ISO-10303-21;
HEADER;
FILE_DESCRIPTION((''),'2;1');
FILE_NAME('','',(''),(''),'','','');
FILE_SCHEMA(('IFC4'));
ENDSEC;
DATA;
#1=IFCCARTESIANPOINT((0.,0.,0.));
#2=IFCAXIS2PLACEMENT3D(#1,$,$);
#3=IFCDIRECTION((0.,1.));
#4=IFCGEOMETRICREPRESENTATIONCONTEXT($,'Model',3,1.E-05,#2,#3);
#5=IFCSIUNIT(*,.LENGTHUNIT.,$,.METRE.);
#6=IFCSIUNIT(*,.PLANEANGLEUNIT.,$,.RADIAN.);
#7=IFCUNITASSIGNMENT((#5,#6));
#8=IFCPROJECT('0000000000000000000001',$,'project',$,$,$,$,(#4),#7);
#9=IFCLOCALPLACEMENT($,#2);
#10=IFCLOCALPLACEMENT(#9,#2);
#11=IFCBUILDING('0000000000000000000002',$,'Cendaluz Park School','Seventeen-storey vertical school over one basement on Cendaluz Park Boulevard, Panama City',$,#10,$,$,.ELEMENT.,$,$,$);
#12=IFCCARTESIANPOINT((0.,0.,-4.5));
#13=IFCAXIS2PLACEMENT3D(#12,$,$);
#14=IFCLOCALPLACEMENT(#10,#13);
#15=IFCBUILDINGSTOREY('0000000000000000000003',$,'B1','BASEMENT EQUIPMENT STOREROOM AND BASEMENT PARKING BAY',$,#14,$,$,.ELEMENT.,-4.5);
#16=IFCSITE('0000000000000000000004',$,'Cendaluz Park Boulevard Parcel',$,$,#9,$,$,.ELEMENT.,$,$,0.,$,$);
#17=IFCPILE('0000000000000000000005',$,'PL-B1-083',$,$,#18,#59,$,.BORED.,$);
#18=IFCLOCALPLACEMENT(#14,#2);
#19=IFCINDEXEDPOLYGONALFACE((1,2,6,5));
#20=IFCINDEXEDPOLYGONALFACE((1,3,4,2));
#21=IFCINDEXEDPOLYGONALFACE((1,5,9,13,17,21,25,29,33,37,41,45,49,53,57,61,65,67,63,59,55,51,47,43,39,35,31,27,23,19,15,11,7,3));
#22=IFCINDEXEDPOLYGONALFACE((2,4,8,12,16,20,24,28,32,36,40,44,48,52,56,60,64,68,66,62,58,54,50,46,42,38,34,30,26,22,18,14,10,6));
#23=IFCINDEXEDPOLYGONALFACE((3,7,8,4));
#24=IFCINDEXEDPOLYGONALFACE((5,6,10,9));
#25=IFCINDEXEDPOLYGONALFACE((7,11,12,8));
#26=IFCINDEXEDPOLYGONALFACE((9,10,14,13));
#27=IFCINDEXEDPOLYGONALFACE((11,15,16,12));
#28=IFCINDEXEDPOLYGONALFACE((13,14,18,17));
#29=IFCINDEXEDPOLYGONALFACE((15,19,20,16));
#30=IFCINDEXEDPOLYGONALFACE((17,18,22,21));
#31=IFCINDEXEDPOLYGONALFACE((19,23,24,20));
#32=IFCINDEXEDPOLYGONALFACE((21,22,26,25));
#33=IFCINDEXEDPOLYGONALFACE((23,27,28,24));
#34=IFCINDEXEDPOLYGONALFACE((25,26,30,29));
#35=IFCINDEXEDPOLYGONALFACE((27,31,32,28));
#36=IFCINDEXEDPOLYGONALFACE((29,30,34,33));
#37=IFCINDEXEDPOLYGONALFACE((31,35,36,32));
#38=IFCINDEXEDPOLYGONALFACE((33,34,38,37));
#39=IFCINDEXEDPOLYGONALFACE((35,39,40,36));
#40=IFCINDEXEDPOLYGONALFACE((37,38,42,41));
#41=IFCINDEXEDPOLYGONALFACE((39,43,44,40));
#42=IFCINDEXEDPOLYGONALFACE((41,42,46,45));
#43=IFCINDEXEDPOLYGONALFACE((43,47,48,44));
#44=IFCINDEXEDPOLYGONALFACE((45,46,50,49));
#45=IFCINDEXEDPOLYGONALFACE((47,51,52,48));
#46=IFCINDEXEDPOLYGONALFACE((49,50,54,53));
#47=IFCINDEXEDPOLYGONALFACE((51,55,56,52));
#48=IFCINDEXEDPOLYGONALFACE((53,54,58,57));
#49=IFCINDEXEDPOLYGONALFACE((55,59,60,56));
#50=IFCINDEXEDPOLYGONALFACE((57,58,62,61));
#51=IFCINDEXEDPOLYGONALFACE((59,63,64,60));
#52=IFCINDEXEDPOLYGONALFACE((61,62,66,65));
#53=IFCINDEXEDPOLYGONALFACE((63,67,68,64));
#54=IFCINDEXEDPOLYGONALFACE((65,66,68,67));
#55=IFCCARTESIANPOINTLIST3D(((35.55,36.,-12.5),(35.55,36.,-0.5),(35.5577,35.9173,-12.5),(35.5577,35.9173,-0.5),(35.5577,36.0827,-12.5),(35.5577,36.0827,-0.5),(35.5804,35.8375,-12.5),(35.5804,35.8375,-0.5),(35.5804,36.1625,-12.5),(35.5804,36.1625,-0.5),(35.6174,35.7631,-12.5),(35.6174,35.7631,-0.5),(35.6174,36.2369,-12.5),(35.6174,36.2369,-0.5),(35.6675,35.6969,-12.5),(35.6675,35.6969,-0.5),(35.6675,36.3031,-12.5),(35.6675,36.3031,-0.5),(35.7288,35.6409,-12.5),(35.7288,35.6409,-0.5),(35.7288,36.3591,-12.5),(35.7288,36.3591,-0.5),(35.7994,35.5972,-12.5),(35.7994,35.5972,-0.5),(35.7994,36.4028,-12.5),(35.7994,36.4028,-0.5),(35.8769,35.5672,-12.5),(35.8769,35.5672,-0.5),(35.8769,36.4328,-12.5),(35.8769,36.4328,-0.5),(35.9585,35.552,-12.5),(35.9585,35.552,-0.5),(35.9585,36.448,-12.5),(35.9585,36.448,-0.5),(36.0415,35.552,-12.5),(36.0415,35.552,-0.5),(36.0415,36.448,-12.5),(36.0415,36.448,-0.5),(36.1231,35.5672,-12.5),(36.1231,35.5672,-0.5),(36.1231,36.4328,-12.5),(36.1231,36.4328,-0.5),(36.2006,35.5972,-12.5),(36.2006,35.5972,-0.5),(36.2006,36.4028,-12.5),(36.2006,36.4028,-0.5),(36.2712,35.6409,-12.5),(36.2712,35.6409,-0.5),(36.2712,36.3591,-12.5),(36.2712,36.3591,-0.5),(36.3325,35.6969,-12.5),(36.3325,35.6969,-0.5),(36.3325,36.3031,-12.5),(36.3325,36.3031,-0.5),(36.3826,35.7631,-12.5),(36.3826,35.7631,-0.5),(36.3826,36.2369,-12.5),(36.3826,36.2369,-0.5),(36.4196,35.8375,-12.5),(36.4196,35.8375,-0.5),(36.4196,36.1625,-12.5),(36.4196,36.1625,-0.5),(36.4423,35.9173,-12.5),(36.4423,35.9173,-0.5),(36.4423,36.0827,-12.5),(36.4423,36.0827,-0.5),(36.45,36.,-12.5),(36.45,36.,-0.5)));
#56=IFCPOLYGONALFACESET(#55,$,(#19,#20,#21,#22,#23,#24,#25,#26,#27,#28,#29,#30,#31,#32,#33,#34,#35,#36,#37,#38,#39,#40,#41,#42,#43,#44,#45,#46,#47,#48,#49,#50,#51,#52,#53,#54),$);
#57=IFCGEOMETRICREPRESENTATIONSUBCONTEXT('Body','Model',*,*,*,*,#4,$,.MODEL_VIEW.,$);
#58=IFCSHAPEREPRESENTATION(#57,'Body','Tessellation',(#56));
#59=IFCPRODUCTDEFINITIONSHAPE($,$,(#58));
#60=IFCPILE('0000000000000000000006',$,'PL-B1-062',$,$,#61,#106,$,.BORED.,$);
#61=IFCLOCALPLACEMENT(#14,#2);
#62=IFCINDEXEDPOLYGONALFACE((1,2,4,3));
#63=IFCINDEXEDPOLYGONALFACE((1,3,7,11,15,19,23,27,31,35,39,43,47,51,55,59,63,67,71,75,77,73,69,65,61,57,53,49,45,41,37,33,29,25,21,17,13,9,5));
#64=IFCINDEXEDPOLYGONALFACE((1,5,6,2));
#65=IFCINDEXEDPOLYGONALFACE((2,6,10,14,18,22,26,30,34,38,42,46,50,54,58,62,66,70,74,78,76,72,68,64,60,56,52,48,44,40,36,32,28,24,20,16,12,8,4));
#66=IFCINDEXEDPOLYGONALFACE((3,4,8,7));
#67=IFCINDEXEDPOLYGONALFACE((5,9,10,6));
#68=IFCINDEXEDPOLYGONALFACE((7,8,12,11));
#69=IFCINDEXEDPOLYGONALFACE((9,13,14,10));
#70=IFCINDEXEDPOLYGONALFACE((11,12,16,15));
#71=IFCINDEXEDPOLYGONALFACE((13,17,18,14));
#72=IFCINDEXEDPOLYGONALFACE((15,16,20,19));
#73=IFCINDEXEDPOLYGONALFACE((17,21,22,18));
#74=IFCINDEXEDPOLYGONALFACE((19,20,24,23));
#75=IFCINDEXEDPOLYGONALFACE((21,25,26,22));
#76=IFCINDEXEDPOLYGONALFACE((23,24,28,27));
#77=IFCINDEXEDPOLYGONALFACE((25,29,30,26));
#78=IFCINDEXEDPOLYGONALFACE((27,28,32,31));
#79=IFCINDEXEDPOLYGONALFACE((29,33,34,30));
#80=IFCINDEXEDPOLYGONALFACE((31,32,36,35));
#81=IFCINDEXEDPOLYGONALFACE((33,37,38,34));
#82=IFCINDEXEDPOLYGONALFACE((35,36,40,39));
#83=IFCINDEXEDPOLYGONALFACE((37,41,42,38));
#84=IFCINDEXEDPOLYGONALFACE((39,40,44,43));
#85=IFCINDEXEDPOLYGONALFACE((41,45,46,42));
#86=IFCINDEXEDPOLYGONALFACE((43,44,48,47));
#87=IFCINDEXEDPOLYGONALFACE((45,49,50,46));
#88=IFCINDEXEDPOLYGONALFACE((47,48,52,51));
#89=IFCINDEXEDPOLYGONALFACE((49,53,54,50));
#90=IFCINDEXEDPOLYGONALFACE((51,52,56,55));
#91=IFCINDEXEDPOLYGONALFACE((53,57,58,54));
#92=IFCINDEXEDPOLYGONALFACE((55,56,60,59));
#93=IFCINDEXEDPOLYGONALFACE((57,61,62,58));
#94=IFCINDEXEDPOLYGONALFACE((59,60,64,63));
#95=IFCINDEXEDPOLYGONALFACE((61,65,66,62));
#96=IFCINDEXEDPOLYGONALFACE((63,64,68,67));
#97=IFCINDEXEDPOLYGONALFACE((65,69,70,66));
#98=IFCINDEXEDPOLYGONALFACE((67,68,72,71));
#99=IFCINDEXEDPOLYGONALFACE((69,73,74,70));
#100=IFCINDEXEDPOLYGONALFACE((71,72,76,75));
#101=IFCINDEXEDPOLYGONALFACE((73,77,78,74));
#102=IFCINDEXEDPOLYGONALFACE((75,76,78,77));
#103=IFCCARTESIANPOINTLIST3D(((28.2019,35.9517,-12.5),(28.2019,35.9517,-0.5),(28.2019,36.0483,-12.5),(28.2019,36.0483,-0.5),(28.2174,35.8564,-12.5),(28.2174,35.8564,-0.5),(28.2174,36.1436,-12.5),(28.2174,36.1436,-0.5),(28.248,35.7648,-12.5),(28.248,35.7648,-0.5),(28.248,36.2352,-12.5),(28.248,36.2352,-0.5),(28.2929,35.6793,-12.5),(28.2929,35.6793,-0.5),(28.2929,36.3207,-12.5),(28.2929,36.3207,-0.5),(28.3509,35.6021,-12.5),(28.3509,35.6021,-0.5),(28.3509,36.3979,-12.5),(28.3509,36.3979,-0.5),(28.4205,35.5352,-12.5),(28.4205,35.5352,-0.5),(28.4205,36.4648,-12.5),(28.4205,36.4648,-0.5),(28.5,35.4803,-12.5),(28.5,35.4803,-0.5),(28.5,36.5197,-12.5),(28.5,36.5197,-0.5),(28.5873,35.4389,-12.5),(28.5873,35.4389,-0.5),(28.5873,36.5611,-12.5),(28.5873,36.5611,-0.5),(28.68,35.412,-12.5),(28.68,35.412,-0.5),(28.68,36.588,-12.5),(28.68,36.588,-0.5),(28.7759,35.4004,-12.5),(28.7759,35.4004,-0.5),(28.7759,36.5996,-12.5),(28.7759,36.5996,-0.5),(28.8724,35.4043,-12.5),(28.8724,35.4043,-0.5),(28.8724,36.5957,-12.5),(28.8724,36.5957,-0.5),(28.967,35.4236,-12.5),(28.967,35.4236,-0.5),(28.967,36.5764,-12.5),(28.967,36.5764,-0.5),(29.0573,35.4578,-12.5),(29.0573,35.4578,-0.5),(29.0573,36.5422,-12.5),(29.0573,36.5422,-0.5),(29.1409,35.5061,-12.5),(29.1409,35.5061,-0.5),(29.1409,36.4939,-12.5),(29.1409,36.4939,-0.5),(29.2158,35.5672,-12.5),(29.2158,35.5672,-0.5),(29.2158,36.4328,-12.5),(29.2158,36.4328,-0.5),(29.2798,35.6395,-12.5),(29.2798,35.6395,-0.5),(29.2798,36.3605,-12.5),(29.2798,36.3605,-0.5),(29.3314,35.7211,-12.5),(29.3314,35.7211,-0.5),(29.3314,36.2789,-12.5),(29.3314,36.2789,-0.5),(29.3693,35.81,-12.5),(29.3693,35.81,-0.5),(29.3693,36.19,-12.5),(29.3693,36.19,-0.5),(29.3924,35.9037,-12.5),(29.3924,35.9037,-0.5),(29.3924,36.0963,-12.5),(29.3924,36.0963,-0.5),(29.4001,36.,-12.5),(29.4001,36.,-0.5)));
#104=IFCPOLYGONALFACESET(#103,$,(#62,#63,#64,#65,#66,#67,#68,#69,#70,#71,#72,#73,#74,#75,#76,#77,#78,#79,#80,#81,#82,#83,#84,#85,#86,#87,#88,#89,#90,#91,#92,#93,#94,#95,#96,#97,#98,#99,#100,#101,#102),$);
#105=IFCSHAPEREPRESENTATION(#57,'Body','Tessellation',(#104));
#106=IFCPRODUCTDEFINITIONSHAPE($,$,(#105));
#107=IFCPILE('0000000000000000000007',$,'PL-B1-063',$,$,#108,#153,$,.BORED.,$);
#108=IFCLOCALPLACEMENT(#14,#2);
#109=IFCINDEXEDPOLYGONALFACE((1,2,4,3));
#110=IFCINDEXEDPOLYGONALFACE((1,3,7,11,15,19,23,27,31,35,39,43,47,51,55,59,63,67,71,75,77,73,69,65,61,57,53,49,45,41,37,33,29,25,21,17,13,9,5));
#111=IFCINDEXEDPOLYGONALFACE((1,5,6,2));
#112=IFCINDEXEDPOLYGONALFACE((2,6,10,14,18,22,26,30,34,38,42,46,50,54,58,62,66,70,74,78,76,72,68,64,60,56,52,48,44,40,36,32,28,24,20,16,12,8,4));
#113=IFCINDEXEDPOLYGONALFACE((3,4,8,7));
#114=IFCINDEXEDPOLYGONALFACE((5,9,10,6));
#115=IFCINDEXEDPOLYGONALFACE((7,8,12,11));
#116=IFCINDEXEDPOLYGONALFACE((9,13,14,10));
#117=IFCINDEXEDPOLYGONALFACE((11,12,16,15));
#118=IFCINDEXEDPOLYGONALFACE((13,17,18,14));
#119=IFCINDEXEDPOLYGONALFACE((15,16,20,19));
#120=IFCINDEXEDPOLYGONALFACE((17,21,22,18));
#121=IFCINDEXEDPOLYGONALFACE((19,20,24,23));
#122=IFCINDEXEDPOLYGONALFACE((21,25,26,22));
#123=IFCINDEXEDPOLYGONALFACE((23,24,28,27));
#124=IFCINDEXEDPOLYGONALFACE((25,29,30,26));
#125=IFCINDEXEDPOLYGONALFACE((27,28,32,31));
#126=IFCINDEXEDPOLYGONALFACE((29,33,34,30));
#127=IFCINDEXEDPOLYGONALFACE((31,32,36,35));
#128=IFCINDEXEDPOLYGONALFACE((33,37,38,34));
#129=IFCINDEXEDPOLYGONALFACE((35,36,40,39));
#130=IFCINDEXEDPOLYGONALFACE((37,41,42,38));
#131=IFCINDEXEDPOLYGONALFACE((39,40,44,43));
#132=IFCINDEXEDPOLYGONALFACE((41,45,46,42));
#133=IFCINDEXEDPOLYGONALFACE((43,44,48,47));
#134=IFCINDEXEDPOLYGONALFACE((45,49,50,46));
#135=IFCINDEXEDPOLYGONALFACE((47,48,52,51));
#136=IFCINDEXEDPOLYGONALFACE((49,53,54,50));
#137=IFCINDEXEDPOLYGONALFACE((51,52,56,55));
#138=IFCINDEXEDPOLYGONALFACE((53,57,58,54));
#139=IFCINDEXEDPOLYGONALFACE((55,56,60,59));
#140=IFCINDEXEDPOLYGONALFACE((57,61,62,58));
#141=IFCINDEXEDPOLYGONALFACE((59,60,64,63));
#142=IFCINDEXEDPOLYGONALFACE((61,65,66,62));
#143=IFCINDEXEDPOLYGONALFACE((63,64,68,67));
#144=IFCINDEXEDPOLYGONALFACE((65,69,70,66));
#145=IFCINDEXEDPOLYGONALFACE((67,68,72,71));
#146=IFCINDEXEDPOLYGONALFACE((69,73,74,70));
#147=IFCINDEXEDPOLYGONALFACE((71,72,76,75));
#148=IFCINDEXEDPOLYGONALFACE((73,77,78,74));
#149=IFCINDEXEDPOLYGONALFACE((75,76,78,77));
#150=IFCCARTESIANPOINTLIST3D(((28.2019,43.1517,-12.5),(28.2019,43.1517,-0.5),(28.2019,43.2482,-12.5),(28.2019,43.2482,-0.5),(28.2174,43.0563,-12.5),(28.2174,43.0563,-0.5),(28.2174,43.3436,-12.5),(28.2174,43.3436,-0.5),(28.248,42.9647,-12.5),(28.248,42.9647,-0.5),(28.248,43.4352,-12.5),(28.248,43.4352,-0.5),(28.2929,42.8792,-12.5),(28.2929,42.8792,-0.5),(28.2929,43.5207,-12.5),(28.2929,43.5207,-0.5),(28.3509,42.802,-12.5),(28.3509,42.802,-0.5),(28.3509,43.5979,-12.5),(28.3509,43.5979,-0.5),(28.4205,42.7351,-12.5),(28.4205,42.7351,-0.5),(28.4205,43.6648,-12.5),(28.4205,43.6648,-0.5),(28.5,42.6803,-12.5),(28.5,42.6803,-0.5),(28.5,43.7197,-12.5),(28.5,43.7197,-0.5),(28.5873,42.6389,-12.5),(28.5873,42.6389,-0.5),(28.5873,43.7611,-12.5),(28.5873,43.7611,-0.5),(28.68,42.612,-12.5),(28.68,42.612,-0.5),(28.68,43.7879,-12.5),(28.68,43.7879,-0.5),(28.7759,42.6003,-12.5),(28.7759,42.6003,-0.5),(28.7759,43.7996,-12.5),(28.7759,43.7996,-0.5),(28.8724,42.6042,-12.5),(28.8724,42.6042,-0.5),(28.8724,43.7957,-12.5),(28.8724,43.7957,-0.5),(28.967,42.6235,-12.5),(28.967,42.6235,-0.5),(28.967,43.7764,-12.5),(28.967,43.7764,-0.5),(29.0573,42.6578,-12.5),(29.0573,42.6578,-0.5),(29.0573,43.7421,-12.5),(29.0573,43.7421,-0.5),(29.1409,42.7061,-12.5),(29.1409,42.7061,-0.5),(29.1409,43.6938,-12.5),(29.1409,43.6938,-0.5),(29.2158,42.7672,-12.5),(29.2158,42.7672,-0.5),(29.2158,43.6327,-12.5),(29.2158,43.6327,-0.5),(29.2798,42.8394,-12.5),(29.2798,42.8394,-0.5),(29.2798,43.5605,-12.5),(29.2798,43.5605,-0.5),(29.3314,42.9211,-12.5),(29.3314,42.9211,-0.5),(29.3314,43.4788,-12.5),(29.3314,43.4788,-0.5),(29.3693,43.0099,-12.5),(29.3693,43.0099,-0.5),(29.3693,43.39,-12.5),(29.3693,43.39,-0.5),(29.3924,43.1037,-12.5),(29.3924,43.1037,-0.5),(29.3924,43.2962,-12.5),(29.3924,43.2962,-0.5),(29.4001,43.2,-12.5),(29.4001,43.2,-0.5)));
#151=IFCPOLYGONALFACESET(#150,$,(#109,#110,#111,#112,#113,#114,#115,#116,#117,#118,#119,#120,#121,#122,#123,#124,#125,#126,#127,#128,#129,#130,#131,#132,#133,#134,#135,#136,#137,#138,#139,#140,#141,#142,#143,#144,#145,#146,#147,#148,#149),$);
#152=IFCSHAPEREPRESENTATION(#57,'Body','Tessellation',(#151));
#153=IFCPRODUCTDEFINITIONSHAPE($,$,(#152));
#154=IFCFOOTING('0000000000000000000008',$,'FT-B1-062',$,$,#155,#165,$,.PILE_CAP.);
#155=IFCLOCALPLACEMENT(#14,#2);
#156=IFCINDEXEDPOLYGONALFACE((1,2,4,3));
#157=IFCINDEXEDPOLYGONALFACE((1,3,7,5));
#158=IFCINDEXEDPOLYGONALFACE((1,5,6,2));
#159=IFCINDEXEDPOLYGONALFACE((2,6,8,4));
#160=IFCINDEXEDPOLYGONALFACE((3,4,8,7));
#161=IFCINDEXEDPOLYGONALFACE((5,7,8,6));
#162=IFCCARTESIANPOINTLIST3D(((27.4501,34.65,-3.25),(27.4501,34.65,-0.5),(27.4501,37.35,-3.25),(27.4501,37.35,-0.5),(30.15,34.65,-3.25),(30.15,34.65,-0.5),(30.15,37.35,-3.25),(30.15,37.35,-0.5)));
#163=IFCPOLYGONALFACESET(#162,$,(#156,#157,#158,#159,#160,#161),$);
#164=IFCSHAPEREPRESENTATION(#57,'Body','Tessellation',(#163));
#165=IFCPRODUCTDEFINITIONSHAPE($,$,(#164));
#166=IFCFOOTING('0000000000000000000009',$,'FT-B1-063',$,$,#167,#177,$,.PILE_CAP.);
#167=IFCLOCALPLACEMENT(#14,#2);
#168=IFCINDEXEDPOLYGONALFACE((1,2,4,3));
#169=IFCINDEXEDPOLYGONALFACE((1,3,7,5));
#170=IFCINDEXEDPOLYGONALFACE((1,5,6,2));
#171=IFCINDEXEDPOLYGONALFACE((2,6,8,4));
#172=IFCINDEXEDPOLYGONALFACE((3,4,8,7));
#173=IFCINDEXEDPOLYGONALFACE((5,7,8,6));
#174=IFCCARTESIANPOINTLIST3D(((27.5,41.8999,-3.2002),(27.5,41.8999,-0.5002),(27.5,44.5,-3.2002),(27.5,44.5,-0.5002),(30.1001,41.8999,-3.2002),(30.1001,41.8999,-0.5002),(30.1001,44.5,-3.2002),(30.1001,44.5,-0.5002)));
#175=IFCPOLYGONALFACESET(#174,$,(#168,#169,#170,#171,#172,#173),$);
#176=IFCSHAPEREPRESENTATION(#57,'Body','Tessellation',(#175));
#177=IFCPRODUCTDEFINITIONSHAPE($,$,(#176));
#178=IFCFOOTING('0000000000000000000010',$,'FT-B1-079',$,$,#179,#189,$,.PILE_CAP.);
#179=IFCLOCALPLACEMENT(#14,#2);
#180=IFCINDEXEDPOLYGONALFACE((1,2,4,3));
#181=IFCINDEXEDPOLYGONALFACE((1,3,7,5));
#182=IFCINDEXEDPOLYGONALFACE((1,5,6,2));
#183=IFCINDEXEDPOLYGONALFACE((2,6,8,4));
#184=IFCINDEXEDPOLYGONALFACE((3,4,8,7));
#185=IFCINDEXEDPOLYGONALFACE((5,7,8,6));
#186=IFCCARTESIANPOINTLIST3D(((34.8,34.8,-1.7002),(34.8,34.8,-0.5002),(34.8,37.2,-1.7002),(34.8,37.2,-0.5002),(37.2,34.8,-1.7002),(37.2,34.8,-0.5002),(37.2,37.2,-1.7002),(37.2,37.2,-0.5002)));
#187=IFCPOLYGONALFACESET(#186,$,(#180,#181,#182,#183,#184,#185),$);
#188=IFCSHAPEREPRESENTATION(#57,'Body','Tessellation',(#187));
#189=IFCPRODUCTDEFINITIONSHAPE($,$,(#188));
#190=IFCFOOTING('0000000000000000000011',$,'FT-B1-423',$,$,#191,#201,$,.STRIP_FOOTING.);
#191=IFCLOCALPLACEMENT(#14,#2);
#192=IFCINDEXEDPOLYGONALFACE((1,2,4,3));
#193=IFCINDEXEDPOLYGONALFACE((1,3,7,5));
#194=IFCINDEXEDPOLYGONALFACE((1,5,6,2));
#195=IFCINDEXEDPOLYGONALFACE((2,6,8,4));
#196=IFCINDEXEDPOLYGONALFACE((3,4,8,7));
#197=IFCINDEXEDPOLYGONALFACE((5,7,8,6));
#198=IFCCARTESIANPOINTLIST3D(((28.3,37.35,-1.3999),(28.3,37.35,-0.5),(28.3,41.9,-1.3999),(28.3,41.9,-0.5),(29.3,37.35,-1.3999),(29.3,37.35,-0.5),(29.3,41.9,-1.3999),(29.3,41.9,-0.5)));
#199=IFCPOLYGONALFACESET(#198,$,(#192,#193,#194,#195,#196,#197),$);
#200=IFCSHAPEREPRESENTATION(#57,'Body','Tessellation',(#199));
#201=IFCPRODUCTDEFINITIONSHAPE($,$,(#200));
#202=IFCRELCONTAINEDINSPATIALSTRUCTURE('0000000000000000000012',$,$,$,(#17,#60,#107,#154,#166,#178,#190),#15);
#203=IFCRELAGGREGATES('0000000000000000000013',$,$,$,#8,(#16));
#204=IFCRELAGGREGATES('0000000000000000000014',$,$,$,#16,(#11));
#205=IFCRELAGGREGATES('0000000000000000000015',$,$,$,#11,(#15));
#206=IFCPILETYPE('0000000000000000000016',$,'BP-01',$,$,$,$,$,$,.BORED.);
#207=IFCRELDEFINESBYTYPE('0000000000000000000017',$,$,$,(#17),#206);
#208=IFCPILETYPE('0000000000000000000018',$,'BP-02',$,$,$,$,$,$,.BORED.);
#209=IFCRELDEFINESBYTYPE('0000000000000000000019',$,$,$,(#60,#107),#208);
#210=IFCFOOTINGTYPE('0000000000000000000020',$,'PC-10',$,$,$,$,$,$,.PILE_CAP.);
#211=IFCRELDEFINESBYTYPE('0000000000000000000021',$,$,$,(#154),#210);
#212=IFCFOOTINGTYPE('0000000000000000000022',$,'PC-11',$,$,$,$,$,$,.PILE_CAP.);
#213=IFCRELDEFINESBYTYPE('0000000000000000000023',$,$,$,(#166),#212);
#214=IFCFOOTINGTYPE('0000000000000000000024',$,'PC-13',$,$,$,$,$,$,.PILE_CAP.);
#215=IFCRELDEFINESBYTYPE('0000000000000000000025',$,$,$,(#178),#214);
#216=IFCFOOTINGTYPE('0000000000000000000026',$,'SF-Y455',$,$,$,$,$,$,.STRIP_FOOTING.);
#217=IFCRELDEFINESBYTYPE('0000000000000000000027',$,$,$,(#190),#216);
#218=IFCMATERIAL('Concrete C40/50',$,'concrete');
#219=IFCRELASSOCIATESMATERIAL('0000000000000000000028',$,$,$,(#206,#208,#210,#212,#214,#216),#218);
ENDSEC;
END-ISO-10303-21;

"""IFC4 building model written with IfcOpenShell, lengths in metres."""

from ifc_helpers import new_model, si_unit, direction, frame, origin, origin_2d, place, context, subcontext, project, spatial, rectangle, circle, extrude, material, material_profile, profile_set, type_object, element, save


model = new_model("IFC4")

# Units and contexts
model_context = context("Model", 3, precision=1e-05, world=origin(), true_north=direction((0.0, 1.0)))
body_context = subcontext(model_context, "Body", "Model", "MODEL_VIEW")
ifc_project = project(units=[si_unit("LENGTHUNIT", "METRE"), si_unit("PLANEANGLEUNIT", "RADIAN")], contexts=[model_context])

# Site, building, storey
site_placement = place(None, origin())
site = spatial("IfcSite", under=ifc_project, at=site_placement, Name="Cendaluz Park Boulevard Parcel", CompositionType="ELEMENT", RefElevation=0.0)
building_placement = place(site_placement, origin())
building = spatial("IfcBuilding", under=site, at=building_placement, Name="Cendaluz Park School", Description="Seventeen-storey vertical school over one basement on Cendaluz Park Boulevard, Panama City", CompositionType="ELEMENT")
storey_placement = place(building_placement, frame((0.0, 0.0, -4.5)))
storey = spatial("IfcBuildingStorey", under=building, at=storey_placement, Name="B1", Description="BASEMENT EQUIPMENT STOREROOM AND BASEMENT PARKING BAY", CompositionType="ELEMENT", Elevation=-4.5)

# Piles
ifc_material_1 = material(Name="Concrete C40/50", Category="concrete")
ifc_material_profile_1 = material_profile(ifc_material_1, circle(Radius=0.45, at=origin_2d()), Name="BP D900", Category="concrete")
ifc_profile_set_1 = profile_set([ifc_material_profile_1], Name="Concrete C40/50")
pile_type_1 = type_object("IfcPileType", Name="BP-01", PredefinedType="BORED", material=ifc_profile_set_1)
pile_placement = place(storey_placement, frame((36.0, 36.0, -0.5), z_axis=(0.0, 0.0, -1.0), x_axis=(1.0, 0.0, 0.0)))
element("IfcPile", 1, at=pile_placement, inside=storey, type_object=pile_type_1, Name="PL-B1-083", PredefinedType="BORED", context=body_context, shape_type="SweptSolid", body=[
    extrude(circle(Radius=0.45, at=origin_2d()), origin(), (0.0, 0.0, 1.0), 12.0),
])
ifc_material_profile_2 = material_profile(ifc_material_1, circle(Radius=0.6001, at=origin_2d()), Name="BP D1200", Category="concrete")
ifc_profile_set_2 = profile_set([ifc_material_profile_2], Name="Concrete C40/50")
pile_type_2 = type_object("IfcPileType", Name="BP-02", PredefinedType="BORED", material=ifc_profile_set_2)
for number, where, z_axis, x_axis, name in (
    (2, (28.8, 36.0, -0.5), (0.0, 0.0, -1.0), (1.0, 0.0, 0.0), "PL-B1-062"),
    (3, (28.8, 43.2, -0.5), (0.0, 0.0, -1.0), (1.0, 0.0, 0.0), "PL-B1-063"),
):
    element("IfcPile", number, at=place(storey_placement, frame(where, z_axis=z_axis, x_axis=x_axis)), inside=storey, type_object=pile_type_2, Name=name, PredefinedType="BORED", context=body_context, shape_type="SweptSolid", body=[
        extrude(circle(Radius=0.6001, at=origin_2d()), origin(), (0.0, 0.0, 1.0), 12.0),
    ])

# Footings
footing_type_1 = type_object("IfcFootingType", Name="PC-10", PredefinedType="PILE_CAP", material=ifc_material_1)
footing_1_placement = place(storey_placement, frame((28.8, 36.0, -3.25), z_axis=(0.0, 0.0, 1.0), x_axis=(1.0, 0.0, 0.0)))
element("IfcFooting", 4, at=footing_1_placement, inside=storey, type_object=footing_type_1, Name="FT-B1-062", PredefinedType="PILE_CAP", context=body_context, shape_type="SweptSolid", body=[
    extrude(rectangle(XDim=2.7, YDim=2.7, at=origin_2d()), origin(), (0.0, 0.0, 1.0), 2.75),
])
footing_type_2 = type_object("IfcFootingType", Name="PC-11", PredefinedType="PILE_CAP", material=ifc_material_1)
footing_2_placement = place(storey_placement, frame((28.8, 43.2, -3.2002), z_axis=(0.0, 0.0, 1.0), x_axis=(1.0, 0.0, 0.0)))
element("IfcFooting", 5, at=footing_2_placement, inside=storey, type_object=footing_type_2, Name="FT-B1-063", PredefinedType="PILE_CAP", context=body_context, shape_type="SweptSolid", body=[
    extrude(rectangle(XDim=2.6001, YDim=2.6001, at=origin_2d()), origin(), (0.0, 0.0, 1.0), 2.7),
])
footing_type_3 = type_object("IfcFootingType", Name="PC-13", PredefinedType="PILE_CAP", material=ifc_material_1)
footing_3_placement = place(storey_placement, frame((36.0, 36.0, -1.7002), z_axis=(0.0, 0.0, 1.0), x_axis=(1.0, 0.0, 0.0)))
element("IfcFooting", 6, at=footing_3_placement, inside=storey, type_object=footing_type_3, Name="FT-B1-079", PredefinedType="PILE_CAP", context=body_context, shape_type="SweptSolid", body=[
    extrude(rectangle(XDim=2.3999, YDim=2.3999, at=origin_2d()), origin(), (0.0, 0.0, 1.0), 1.2),
])
footing_type_4 = type_object("IfcFootingType", Name="SF-Y455", PredefinedType="STRIP_FOOTING", material=ifc_material_1)
footing_4_placement = place(storey_placement, frame((28.8, 39.625, -1.3999), z_axis=(0.0, 0.0, 1.0), x_axis=(1.0, 0.0, 0.0)))
element("IfcFooting", 7, at=footing_4_placement, inside=storey, type_object=footing_type_4, Name="FT-B1-423", PredefinedType="STRIP_FOOTING", context=body_context, shape_type="SweptSolid", body=[
    extrude(rectangle(XDim=1.0, YDim=4.55, at=origin_2d()), origin(), (0.0, 0.0, 1.0), 0.8999),
])

save(model, "model.ifc")
